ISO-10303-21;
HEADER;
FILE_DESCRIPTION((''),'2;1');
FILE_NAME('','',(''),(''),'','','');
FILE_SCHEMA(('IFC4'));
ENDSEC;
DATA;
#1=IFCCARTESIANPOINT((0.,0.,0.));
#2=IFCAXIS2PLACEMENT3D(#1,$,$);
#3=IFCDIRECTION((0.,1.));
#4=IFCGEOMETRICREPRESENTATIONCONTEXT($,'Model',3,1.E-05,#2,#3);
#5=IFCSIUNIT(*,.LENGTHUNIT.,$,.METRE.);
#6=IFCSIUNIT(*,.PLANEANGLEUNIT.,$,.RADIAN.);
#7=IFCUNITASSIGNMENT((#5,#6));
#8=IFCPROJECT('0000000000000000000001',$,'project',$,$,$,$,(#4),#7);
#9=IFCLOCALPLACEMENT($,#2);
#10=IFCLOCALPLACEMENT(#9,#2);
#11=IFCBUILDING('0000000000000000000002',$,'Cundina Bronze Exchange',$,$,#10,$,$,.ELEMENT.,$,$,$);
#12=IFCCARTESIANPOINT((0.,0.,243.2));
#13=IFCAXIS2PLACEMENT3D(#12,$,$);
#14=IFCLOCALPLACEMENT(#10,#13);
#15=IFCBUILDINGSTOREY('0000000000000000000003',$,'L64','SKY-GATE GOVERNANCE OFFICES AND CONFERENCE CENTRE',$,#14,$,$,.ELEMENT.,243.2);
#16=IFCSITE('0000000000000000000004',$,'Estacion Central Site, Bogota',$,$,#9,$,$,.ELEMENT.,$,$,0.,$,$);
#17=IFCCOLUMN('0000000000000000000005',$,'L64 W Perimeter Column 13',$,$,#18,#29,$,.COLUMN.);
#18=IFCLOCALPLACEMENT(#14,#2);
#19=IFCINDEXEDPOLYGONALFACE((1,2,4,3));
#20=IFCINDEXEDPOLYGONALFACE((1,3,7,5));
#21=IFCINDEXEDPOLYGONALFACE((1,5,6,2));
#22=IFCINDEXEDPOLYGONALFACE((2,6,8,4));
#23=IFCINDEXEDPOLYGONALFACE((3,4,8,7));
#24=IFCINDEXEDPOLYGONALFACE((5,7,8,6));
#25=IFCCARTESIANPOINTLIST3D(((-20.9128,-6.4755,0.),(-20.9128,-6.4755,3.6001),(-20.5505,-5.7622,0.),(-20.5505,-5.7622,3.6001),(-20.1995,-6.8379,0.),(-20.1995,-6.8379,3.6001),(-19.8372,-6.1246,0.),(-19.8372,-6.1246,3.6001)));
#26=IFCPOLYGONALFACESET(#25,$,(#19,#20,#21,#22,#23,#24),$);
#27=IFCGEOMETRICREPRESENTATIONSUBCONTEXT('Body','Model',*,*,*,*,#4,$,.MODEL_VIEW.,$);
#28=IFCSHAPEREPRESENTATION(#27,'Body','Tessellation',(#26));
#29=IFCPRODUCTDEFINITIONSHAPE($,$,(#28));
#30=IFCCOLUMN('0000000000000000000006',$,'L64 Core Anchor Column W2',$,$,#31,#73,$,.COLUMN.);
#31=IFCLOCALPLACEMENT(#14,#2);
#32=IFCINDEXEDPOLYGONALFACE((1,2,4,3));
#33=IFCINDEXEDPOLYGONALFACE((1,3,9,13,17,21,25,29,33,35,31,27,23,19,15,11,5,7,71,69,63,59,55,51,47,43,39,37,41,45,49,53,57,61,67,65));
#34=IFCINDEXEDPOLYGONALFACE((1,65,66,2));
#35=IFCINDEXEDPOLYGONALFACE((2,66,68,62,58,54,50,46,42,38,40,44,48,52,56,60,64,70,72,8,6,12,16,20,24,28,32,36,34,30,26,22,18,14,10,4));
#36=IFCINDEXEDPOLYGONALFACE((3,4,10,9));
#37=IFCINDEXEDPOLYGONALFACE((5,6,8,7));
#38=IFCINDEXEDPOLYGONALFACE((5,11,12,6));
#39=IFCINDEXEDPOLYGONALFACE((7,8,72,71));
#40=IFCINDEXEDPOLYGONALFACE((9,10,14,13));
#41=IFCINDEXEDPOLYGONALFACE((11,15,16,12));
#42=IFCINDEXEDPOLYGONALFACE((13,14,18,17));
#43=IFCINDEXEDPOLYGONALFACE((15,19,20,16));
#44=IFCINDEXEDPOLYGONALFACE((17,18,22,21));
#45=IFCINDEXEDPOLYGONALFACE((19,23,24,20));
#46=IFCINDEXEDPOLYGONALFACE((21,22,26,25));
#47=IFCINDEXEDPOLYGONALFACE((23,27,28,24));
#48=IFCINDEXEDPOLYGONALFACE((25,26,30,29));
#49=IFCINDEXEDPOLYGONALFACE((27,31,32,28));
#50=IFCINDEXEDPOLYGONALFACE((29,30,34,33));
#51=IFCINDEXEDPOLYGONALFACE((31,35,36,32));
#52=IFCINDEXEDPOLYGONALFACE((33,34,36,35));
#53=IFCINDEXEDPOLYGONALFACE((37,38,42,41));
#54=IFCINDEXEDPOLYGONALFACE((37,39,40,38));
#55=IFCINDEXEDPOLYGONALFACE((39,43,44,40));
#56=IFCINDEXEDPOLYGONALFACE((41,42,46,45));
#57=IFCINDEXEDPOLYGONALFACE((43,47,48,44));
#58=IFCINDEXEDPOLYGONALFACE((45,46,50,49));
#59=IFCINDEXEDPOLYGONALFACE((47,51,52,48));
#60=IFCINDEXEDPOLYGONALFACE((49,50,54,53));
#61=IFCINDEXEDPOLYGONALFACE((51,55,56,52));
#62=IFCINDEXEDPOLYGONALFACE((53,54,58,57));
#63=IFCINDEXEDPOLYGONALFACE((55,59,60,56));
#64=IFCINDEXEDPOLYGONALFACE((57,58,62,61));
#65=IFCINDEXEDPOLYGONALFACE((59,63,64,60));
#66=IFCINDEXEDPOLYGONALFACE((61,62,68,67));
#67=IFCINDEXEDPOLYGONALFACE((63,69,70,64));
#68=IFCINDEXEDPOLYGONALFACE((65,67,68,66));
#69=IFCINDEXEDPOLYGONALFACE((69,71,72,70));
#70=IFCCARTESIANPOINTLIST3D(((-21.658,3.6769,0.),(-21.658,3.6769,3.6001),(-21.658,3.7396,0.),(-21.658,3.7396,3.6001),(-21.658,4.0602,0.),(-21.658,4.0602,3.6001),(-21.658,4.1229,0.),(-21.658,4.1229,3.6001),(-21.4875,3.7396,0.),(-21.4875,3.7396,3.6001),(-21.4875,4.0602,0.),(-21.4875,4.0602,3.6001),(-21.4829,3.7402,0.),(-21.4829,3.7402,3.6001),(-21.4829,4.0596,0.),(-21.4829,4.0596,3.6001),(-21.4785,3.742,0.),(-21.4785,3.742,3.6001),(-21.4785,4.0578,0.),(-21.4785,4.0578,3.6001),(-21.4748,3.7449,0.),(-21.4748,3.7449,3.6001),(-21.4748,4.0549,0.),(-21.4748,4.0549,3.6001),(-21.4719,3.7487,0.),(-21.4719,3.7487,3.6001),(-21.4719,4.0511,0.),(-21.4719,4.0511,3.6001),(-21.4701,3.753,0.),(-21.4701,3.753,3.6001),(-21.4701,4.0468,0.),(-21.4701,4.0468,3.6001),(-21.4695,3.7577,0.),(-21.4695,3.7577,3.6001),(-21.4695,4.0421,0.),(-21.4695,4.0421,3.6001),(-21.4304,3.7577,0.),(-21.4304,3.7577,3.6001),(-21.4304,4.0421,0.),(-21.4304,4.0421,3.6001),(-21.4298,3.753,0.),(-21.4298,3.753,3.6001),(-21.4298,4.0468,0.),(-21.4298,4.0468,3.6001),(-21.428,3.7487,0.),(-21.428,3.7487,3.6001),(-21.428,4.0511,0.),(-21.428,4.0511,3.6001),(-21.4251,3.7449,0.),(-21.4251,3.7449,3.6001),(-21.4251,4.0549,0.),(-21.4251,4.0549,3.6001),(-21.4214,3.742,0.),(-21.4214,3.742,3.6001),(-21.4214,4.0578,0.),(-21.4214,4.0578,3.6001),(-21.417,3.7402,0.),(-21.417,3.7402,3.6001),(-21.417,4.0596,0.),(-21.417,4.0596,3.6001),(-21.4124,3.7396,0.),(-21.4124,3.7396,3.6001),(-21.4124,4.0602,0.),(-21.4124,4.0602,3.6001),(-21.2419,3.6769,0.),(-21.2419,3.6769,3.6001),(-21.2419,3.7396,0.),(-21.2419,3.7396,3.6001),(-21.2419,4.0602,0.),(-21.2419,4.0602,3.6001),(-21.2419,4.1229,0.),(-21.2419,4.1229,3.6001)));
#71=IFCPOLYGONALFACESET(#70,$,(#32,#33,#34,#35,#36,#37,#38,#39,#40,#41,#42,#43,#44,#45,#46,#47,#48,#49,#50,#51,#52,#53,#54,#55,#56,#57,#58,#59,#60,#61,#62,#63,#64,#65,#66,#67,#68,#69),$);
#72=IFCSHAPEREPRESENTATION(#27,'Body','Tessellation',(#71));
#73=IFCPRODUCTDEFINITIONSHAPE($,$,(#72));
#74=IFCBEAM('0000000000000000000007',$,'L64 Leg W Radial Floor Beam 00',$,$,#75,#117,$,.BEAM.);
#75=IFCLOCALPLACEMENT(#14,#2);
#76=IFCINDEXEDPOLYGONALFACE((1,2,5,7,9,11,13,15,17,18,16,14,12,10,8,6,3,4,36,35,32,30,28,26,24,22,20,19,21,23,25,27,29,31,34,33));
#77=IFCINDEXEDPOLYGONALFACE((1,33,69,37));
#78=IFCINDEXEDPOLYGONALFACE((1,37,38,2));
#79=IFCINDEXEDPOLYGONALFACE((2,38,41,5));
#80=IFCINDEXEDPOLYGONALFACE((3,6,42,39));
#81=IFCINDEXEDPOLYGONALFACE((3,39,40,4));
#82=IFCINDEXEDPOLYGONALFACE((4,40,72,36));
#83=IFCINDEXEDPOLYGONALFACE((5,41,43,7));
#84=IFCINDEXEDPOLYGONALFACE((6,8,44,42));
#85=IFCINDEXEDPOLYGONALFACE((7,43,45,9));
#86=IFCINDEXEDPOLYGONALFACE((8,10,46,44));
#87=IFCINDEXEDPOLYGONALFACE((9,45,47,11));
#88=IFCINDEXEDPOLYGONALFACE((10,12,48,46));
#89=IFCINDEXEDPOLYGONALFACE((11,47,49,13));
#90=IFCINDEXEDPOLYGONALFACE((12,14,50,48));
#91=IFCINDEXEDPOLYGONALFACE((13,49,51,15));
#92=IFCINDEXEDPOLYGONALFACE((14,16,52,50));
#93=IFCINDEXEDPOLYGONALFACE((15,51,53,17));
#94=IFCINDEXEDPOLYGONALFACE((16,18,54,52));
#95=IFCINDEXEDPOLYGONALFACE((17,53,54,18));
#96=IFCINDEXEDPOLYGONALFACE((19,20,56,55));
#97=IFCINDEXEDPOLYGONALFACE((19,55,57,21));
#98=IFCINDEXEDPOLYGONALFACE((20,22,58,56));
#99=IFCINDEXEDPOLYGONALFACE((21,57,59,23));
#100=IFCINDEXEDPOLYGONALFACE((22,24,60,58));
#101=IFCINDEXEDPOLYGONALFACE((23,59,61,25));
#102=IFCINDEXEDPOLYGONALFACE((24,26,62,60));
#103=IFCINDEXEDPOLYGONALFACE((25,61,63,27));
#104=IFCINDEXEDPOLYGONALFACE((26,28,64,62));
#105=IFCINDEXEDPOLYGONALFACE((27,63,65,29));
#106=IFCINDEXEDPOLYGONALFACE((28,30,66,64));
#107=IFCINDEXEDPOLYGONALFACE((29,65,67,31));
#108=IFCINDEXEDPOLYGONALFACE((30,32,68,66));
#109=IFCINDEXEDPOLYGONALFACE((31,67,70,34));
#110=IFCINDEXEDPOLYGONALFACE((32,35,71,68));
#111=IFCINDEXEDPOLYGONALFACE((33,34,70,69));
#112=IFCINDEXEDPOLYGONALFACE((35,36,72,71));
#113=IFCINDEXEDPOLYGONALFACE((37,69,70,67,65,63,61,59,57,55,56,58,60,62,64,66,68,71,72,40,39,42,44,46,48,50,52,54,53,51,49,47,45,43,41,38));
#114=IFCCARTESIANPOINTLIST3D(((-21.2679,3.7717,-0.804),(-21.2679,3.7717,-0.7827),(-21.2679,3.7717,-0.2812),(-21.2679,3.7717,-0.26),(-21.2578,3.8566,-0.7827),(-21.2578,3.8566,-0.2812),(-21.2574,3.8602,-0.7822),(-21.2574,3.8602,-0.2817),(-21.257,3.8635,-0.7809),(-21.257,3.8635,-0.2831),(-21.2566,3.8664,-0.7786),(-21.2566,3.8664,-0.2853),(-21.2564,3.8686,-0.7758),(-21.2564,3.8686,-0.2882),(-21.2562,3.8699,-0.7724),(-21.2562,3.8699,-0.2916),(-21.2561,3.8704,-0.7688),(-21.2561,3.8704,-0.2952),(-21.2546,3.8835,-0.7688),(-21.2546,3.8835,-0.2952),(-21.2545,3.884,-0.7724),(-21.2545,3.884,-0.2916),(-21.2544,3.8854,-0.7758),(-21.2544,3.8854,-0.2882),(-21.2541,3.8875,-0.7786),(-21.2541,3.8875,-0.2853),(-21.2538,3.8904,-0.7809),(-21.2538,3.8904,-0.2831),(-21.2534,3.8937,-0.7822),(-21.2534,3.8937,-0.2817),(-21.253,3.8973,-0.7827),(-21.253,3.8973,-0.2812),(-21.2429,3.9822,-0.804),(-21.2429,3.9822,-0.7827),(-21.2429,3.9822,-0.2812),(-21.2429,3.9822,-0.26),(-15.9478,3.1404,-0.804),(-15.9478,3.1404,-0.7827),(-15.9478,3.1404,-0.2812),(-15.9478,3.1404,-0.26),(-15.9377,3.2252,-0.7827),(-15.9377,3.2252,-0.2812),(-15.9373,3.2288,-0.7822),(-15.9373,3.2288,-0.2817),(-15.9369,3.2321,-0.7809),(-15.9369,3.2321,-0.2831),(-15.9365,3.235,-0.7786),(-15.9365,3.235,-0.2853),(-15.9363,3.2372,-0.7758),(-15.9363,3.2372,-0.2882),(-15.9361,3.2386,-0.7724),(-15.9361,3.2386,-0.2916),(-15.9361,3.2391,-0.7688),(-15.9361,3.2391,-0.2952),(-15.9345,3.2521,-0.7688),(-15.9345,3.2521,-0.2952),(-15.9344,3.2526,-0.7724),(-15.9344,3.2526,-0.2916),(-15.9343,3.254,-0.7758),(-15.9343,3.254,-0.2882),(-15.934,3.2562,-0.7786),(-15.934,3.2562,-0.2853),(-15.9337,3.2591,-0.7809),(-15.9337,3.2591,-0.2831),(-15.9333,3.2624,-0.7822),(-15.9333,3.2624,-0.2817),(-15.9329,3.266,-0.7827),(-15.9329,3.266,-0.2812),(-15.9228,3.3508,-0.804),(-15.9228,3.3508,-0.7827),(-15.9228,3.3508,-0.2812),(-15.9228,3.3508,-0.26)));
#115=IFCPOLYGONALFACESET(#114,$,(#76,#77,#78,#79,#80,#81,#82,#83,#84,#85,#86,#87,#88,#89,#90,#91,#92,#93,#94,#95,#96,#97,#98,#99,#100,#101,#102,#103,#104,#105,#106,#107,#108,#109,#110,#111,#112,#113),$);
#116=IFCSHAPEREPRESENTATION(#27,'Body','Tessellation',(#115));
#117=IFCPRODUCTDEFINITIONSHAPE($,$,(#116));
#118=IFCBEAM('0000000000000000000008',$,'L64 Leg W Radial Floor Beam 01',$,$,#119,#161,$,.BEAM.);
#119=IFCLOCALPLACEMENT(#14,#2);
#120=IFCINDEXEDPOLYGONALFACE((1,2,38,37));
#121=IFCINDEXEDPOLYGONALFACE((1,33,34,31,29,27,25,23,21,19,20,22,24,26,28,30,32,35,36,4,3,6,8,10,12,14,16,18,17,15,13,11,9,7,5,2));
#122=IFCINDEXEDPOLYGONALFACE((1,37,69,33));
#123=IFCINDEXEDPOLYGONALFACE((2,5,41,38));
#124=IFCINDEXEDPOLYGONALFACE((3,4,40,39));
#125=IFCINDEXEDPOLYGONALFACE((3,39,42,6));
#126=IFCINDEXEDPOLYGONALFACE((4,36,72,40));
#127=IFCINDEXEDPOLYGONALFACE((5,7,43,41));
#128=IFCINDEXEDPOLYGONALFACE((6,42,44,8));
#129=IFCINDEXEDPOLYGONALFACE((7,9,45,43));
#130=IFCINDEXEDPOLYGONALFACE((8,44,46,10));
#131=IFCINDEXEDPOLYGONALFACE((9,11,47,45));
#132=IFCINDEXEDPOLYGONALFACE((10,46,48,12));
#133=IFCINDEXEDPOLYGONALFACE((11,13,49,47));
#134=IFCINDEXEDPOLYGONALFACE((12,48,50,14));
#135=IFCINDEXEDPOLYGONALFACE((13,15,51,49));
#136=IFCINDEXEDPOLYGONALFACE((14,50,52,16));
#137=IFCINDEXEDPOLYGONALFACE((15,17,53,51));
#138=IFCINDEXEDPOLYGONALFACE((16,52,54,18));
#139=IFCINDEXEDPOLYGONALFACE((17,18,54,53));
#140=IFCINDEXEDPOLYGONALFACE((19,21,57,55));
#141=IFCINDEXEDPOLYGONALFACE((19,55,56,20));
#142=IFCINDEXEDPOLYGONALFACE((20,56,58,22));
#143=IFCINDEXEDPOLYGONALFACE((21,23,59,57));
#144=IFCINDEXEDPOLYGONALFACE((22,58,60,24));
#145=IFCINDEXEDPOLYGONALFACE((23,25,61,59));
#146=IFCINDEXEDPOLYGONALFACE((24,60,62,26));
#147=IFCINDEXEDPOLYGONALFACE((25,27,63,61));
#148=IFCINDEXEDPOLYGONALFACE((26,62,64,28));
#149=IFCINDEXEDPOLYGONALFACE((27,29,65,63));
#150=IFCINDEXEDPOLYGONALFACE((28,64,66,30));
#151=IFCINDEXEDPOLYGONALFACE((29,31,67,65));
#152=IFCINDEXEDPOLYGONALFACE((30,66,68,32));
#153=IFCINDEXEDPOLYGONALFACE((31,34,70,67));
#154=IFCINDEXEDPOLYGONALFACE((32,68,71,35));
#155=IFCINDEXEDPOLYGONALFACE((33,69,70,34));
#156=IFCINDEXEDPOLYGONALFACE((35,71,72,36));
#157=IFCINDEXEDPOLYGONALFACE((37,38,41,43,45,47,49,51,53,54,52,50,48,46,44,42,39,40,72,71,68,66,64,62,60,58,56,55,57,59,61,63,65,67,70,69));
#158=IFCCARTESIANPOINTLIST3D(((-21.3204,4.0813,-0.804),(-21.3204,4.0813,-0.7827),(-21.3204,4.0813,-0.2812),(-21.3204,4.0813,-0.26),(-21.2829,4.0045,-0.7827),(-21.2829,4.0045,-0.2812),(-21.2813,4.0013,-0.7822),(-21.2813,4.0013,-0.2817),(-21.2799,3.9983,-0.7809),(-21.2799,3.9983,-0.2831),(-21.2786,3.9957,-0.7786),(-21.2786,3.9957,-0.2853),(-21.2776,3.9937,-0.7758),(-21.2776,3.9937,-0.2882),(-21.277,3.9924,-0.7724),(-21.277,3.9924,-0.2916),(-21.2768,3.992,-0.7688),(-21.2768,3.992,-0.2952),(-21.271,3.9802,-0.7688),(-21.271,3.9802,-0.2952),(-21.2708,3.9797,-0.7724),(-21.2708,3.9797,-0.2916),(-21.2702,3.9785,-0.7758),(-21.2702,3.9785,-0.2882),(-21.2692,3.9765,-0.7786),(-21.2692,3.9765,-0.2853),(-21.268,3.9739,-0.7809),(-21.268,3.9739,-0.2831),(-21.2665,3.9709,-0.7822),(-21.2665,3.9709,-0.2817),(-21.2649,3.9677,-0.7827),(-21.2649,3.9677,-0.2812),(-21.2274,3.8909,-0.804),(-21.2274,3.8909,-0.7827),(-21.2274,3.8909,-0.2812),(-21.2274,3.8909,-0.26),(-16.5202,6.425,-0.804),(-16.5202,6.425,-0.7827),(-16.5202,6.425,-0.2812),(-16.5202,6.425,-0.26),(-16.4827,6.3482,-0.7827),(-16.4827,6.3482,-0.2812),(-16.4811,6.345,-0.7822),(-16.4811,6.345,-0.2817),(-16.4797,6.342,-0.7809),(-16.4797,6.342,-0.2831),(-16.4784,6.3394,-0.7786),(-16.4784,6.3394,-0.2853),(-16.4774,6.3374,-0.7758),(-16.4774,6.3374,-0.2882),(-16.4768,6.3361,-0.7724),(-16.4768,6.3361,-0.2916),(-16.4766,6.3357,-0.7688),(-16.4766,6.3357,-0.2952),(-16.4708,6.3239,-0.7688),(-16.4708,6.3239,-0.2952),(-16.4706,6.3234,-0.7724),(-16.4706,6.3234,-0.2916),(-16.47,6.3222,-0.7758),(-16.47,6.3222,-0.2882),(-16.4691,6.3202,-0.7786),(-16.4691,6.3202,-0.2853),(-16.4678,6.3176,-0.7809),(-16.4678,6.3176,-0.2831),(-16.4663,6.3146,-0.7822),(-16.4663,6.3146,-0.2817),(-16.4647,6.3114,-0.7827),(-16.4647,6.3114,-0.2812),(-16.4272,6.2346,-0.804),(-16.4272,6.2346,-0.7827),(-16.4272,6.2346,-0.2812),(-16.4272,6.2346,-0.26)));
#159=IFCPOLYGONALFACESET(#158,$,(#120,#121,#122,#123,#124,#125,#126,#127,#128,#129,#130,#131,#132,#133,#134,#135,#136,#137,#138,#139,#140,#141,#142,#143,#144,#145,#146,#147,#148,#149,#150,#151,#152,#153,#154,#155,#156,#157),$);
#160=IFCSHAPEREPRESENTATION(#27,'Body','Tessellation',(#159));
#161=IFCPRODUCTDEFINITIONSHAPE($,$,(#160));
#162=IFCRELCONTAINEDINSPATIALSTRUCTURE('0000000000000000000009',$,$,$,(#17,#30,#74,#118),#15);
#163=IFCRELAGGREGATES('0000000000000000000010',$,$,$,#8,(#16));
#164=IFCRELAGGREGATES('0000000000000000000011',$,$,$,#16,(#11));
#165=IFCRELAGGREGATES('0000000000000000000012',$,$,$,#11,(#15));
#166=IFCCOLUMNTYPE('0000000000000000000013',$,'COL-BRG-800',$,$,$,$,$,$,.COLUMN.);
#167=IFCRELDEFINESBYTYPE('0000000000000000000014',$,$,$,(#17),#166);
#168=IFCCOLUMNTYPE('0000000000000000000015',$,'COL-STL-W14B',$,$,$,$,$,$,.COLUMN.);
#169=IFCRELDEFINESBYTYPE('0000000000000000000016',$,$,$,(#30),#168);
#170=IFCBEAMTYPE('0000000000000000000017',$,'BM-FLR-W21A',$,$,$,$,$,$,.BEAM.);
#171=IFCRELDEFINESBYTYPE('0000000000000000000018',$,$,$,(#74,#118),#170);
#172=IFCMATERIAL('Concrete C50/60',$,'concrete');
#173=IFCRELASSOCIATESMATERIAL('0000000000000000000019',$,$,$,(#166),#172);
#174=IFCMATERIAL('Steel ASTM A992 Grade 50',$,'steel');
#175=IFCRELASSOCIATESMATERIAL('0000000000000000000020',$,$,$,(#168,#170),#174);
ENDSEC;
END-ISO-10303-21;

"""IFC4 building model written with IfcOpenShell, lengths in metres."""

from ifc_helpers import new_model, si_unit, direction, frame, origin, origin_2d, place, context, subcontext, project, spatial, rectangle, i_section, extrude, material, material_profile, profile_set, type_object, element, save


model = new_model("IFC4")

# Units and contexts
model_context = context("Model", 3, precision=1e-05, world=origin(), true_north=direction((0.0, 1.0)))
body_context = subcontext(model_context, "Body", "Model", "MODEL_VIEW")
ifc_project = project(units=[si_unit("LENGTHUNIT", "METRE"), si_unit("PLANEANGLEUNIT", "RADIAN")], contexts=[model_context])

# Site, building, storey
site_placement = place(None, origin())
site = spatial("IfcSite", under=ifc_project, at=site_placement, Name="Estacion Central Site, Bogota", CompositionType="ELEMENT", RefElevation=0.0)
building_placement = place(site_placement, origin())
building = spatial("IfcBuilding", under=site, at=building_placement, Name="Cundina Bronze Exchange", CompositionType="ELEMENT")
storey_placement = place(building_placement, frame((0.0, 0.0, 243.2)))
storey = spatial("IfcBuildingStorey", under=building, at=storey_placement, Name="L64", Description="SKY-GATE GOVERNANCE OFFICES AND CONFERENCE CENTRE", CompositionType="ELEMENT", Elevation=243.2)

# Columns
ifc_material_1 = material(Name="Concrete C50/60", Category="concrete")
ifc_material_profile_1 = material_profile(ifc_material_1, rectangle(XDim=0.8, YDim=0.8, at=origin_2d()), Name="RC800X800", Category="concrete")
ifc_profile_set_1 = profile_set([ifc_material_profile_1], Name="Concrete C50/60")
column_type_1 = type_object("IfcColumnType", Name="COL-BRG-800", PredefinedType="COLUMN", material=ifc_profile_set_1)
column_1_placement = place(storey_placement, frame((-20.375, -6.3, 0.0), z_axis=(0.0, 0.0, 1.0), x_axis=(0.452902, 0.891561, 0.0)))
element("IfcColumn", 1, at=column_1_placement, inside=storey, type_object=column_type_1, Name="L64 W Perimeter Column 13", PredefinedType="COLUMN", context=body_context, shape_type="SweptSolid", body=[
    extrude(rectangle(XDim=0.8, YDim=0.8, at=origin_2d()), origin(), (0.0, 0.0, 1.0), 3.6001),
])
ifc_material_2 = material(Name="Steel ASTM A992 Grade 50", Category="steel")
ifc_material_profile_2 = material_profile(ifc_material_2, i_section(OverallWidth=0.416, OverallDepth=0.446, WebThickness=0.0391, FlangeThickness=0.0627, FilletRadius=0.0181, at=origin_2d()), Name="W14X342", Category="steel")
ifc_profile_set_2 = profile_set([ifc_material_profile_2], Name="Steel ASTM A992 Grade 50")
column_type_2 = type_object("IfcColumnType", Name="COL-STL-W14B", PredefinedType="COLUMN", material=ifc_profile_set_2)
column_2_placement = place(storey_placement, frame((-21.45, 3.8999, 0.0), z_axis=(0.0, 0.0, 1.0), x_axis=(1.0, 0.0, 0.0)))
element("IfcColumn", 2, at=column_2_placement, inside=storey, type_object=column_type_2, Name="L64 Core Anchor Column W2", PredefinedType="COLUMN", context=body_context, shape_type="SweptSolid", body=[
    extrude(i_section(OverallWidth=0.416, OverallDepth=0.446, WebThickness=0.0391, FlangeThickness=0.0627, FilletRadius=0.0181, at=origin_2d()), origin(), (0.0, 0.0, 1.0), 3.6001),
])

# Beams
ifc_material_profile_3 = material_profile(ifc_material_2, i_section(OverallWidth=0.2119, OverallDepth=0.5439, WebThickness=0.0132, FlangeThickness=0.0212, FilletRadius=0.0139, at=origin_2d()), Name="W21X83", Category="steel")
ifc_profile_set_3 = profile_set([ifc_material_profile_3], Name="Steel ASTM A992 Grade 50")
beam_type_1 = type_object("IfcBeamType", Name="BM-FLR-W21A", PredefinedType="BEAM", material=ifc_profile_set_3)
beam_1_placement = place(storey_placement, frame((-21.2554, 3.877, -0.532), z_axis=(0.993032, -0.117846, 0.0), x_axis=(0.117846, 0.993032, 0.0)))
element("IfcBeam", 3, at=beam_1_placement, inside=storey, type_object=beam_type_1, Name="L64 Leg W Radial Floor Beam 00", PredefinedType="BEAM", context=body_context, shape_type="SweptSolid", body=[
    extrude(i_section(OverallWidth=0.2119, OverallDepth=0.5439, WebThickness=0.0132, FlangeThickness=0.0212, FilletRadius=0.0139, at=origin_2d()), origin(), (0.0, 0.0, 1.0), 5.3574),
])
beam_2_placement = place(storey_placement, frame((-21.2739, 3.9861, -0.532), z_axis=(0.89861, 0.438748, 0.0), x_axis=(-0.438748, 0.89861, 0.0)))
element("IfcBeam", 4, at=beam_2_placement, inside=storey, type_object=beam_type_1, Name="L64 Leg W Radial Floor Beam 01", PredefinedType="BEAM", context=body_context, shape_type="SweptSolid", body=[
    extrude(i_section(OverallWidth=0.2119, OverallDepth=0.5439, WebThickness=0.0132, FlangeThickness=0.0212, FilletRadius=0.0139, at=origin_2d()), origin(), (0.0, 0.0, 1.0), 5.3418),
])

save(model, "model.ifc")
